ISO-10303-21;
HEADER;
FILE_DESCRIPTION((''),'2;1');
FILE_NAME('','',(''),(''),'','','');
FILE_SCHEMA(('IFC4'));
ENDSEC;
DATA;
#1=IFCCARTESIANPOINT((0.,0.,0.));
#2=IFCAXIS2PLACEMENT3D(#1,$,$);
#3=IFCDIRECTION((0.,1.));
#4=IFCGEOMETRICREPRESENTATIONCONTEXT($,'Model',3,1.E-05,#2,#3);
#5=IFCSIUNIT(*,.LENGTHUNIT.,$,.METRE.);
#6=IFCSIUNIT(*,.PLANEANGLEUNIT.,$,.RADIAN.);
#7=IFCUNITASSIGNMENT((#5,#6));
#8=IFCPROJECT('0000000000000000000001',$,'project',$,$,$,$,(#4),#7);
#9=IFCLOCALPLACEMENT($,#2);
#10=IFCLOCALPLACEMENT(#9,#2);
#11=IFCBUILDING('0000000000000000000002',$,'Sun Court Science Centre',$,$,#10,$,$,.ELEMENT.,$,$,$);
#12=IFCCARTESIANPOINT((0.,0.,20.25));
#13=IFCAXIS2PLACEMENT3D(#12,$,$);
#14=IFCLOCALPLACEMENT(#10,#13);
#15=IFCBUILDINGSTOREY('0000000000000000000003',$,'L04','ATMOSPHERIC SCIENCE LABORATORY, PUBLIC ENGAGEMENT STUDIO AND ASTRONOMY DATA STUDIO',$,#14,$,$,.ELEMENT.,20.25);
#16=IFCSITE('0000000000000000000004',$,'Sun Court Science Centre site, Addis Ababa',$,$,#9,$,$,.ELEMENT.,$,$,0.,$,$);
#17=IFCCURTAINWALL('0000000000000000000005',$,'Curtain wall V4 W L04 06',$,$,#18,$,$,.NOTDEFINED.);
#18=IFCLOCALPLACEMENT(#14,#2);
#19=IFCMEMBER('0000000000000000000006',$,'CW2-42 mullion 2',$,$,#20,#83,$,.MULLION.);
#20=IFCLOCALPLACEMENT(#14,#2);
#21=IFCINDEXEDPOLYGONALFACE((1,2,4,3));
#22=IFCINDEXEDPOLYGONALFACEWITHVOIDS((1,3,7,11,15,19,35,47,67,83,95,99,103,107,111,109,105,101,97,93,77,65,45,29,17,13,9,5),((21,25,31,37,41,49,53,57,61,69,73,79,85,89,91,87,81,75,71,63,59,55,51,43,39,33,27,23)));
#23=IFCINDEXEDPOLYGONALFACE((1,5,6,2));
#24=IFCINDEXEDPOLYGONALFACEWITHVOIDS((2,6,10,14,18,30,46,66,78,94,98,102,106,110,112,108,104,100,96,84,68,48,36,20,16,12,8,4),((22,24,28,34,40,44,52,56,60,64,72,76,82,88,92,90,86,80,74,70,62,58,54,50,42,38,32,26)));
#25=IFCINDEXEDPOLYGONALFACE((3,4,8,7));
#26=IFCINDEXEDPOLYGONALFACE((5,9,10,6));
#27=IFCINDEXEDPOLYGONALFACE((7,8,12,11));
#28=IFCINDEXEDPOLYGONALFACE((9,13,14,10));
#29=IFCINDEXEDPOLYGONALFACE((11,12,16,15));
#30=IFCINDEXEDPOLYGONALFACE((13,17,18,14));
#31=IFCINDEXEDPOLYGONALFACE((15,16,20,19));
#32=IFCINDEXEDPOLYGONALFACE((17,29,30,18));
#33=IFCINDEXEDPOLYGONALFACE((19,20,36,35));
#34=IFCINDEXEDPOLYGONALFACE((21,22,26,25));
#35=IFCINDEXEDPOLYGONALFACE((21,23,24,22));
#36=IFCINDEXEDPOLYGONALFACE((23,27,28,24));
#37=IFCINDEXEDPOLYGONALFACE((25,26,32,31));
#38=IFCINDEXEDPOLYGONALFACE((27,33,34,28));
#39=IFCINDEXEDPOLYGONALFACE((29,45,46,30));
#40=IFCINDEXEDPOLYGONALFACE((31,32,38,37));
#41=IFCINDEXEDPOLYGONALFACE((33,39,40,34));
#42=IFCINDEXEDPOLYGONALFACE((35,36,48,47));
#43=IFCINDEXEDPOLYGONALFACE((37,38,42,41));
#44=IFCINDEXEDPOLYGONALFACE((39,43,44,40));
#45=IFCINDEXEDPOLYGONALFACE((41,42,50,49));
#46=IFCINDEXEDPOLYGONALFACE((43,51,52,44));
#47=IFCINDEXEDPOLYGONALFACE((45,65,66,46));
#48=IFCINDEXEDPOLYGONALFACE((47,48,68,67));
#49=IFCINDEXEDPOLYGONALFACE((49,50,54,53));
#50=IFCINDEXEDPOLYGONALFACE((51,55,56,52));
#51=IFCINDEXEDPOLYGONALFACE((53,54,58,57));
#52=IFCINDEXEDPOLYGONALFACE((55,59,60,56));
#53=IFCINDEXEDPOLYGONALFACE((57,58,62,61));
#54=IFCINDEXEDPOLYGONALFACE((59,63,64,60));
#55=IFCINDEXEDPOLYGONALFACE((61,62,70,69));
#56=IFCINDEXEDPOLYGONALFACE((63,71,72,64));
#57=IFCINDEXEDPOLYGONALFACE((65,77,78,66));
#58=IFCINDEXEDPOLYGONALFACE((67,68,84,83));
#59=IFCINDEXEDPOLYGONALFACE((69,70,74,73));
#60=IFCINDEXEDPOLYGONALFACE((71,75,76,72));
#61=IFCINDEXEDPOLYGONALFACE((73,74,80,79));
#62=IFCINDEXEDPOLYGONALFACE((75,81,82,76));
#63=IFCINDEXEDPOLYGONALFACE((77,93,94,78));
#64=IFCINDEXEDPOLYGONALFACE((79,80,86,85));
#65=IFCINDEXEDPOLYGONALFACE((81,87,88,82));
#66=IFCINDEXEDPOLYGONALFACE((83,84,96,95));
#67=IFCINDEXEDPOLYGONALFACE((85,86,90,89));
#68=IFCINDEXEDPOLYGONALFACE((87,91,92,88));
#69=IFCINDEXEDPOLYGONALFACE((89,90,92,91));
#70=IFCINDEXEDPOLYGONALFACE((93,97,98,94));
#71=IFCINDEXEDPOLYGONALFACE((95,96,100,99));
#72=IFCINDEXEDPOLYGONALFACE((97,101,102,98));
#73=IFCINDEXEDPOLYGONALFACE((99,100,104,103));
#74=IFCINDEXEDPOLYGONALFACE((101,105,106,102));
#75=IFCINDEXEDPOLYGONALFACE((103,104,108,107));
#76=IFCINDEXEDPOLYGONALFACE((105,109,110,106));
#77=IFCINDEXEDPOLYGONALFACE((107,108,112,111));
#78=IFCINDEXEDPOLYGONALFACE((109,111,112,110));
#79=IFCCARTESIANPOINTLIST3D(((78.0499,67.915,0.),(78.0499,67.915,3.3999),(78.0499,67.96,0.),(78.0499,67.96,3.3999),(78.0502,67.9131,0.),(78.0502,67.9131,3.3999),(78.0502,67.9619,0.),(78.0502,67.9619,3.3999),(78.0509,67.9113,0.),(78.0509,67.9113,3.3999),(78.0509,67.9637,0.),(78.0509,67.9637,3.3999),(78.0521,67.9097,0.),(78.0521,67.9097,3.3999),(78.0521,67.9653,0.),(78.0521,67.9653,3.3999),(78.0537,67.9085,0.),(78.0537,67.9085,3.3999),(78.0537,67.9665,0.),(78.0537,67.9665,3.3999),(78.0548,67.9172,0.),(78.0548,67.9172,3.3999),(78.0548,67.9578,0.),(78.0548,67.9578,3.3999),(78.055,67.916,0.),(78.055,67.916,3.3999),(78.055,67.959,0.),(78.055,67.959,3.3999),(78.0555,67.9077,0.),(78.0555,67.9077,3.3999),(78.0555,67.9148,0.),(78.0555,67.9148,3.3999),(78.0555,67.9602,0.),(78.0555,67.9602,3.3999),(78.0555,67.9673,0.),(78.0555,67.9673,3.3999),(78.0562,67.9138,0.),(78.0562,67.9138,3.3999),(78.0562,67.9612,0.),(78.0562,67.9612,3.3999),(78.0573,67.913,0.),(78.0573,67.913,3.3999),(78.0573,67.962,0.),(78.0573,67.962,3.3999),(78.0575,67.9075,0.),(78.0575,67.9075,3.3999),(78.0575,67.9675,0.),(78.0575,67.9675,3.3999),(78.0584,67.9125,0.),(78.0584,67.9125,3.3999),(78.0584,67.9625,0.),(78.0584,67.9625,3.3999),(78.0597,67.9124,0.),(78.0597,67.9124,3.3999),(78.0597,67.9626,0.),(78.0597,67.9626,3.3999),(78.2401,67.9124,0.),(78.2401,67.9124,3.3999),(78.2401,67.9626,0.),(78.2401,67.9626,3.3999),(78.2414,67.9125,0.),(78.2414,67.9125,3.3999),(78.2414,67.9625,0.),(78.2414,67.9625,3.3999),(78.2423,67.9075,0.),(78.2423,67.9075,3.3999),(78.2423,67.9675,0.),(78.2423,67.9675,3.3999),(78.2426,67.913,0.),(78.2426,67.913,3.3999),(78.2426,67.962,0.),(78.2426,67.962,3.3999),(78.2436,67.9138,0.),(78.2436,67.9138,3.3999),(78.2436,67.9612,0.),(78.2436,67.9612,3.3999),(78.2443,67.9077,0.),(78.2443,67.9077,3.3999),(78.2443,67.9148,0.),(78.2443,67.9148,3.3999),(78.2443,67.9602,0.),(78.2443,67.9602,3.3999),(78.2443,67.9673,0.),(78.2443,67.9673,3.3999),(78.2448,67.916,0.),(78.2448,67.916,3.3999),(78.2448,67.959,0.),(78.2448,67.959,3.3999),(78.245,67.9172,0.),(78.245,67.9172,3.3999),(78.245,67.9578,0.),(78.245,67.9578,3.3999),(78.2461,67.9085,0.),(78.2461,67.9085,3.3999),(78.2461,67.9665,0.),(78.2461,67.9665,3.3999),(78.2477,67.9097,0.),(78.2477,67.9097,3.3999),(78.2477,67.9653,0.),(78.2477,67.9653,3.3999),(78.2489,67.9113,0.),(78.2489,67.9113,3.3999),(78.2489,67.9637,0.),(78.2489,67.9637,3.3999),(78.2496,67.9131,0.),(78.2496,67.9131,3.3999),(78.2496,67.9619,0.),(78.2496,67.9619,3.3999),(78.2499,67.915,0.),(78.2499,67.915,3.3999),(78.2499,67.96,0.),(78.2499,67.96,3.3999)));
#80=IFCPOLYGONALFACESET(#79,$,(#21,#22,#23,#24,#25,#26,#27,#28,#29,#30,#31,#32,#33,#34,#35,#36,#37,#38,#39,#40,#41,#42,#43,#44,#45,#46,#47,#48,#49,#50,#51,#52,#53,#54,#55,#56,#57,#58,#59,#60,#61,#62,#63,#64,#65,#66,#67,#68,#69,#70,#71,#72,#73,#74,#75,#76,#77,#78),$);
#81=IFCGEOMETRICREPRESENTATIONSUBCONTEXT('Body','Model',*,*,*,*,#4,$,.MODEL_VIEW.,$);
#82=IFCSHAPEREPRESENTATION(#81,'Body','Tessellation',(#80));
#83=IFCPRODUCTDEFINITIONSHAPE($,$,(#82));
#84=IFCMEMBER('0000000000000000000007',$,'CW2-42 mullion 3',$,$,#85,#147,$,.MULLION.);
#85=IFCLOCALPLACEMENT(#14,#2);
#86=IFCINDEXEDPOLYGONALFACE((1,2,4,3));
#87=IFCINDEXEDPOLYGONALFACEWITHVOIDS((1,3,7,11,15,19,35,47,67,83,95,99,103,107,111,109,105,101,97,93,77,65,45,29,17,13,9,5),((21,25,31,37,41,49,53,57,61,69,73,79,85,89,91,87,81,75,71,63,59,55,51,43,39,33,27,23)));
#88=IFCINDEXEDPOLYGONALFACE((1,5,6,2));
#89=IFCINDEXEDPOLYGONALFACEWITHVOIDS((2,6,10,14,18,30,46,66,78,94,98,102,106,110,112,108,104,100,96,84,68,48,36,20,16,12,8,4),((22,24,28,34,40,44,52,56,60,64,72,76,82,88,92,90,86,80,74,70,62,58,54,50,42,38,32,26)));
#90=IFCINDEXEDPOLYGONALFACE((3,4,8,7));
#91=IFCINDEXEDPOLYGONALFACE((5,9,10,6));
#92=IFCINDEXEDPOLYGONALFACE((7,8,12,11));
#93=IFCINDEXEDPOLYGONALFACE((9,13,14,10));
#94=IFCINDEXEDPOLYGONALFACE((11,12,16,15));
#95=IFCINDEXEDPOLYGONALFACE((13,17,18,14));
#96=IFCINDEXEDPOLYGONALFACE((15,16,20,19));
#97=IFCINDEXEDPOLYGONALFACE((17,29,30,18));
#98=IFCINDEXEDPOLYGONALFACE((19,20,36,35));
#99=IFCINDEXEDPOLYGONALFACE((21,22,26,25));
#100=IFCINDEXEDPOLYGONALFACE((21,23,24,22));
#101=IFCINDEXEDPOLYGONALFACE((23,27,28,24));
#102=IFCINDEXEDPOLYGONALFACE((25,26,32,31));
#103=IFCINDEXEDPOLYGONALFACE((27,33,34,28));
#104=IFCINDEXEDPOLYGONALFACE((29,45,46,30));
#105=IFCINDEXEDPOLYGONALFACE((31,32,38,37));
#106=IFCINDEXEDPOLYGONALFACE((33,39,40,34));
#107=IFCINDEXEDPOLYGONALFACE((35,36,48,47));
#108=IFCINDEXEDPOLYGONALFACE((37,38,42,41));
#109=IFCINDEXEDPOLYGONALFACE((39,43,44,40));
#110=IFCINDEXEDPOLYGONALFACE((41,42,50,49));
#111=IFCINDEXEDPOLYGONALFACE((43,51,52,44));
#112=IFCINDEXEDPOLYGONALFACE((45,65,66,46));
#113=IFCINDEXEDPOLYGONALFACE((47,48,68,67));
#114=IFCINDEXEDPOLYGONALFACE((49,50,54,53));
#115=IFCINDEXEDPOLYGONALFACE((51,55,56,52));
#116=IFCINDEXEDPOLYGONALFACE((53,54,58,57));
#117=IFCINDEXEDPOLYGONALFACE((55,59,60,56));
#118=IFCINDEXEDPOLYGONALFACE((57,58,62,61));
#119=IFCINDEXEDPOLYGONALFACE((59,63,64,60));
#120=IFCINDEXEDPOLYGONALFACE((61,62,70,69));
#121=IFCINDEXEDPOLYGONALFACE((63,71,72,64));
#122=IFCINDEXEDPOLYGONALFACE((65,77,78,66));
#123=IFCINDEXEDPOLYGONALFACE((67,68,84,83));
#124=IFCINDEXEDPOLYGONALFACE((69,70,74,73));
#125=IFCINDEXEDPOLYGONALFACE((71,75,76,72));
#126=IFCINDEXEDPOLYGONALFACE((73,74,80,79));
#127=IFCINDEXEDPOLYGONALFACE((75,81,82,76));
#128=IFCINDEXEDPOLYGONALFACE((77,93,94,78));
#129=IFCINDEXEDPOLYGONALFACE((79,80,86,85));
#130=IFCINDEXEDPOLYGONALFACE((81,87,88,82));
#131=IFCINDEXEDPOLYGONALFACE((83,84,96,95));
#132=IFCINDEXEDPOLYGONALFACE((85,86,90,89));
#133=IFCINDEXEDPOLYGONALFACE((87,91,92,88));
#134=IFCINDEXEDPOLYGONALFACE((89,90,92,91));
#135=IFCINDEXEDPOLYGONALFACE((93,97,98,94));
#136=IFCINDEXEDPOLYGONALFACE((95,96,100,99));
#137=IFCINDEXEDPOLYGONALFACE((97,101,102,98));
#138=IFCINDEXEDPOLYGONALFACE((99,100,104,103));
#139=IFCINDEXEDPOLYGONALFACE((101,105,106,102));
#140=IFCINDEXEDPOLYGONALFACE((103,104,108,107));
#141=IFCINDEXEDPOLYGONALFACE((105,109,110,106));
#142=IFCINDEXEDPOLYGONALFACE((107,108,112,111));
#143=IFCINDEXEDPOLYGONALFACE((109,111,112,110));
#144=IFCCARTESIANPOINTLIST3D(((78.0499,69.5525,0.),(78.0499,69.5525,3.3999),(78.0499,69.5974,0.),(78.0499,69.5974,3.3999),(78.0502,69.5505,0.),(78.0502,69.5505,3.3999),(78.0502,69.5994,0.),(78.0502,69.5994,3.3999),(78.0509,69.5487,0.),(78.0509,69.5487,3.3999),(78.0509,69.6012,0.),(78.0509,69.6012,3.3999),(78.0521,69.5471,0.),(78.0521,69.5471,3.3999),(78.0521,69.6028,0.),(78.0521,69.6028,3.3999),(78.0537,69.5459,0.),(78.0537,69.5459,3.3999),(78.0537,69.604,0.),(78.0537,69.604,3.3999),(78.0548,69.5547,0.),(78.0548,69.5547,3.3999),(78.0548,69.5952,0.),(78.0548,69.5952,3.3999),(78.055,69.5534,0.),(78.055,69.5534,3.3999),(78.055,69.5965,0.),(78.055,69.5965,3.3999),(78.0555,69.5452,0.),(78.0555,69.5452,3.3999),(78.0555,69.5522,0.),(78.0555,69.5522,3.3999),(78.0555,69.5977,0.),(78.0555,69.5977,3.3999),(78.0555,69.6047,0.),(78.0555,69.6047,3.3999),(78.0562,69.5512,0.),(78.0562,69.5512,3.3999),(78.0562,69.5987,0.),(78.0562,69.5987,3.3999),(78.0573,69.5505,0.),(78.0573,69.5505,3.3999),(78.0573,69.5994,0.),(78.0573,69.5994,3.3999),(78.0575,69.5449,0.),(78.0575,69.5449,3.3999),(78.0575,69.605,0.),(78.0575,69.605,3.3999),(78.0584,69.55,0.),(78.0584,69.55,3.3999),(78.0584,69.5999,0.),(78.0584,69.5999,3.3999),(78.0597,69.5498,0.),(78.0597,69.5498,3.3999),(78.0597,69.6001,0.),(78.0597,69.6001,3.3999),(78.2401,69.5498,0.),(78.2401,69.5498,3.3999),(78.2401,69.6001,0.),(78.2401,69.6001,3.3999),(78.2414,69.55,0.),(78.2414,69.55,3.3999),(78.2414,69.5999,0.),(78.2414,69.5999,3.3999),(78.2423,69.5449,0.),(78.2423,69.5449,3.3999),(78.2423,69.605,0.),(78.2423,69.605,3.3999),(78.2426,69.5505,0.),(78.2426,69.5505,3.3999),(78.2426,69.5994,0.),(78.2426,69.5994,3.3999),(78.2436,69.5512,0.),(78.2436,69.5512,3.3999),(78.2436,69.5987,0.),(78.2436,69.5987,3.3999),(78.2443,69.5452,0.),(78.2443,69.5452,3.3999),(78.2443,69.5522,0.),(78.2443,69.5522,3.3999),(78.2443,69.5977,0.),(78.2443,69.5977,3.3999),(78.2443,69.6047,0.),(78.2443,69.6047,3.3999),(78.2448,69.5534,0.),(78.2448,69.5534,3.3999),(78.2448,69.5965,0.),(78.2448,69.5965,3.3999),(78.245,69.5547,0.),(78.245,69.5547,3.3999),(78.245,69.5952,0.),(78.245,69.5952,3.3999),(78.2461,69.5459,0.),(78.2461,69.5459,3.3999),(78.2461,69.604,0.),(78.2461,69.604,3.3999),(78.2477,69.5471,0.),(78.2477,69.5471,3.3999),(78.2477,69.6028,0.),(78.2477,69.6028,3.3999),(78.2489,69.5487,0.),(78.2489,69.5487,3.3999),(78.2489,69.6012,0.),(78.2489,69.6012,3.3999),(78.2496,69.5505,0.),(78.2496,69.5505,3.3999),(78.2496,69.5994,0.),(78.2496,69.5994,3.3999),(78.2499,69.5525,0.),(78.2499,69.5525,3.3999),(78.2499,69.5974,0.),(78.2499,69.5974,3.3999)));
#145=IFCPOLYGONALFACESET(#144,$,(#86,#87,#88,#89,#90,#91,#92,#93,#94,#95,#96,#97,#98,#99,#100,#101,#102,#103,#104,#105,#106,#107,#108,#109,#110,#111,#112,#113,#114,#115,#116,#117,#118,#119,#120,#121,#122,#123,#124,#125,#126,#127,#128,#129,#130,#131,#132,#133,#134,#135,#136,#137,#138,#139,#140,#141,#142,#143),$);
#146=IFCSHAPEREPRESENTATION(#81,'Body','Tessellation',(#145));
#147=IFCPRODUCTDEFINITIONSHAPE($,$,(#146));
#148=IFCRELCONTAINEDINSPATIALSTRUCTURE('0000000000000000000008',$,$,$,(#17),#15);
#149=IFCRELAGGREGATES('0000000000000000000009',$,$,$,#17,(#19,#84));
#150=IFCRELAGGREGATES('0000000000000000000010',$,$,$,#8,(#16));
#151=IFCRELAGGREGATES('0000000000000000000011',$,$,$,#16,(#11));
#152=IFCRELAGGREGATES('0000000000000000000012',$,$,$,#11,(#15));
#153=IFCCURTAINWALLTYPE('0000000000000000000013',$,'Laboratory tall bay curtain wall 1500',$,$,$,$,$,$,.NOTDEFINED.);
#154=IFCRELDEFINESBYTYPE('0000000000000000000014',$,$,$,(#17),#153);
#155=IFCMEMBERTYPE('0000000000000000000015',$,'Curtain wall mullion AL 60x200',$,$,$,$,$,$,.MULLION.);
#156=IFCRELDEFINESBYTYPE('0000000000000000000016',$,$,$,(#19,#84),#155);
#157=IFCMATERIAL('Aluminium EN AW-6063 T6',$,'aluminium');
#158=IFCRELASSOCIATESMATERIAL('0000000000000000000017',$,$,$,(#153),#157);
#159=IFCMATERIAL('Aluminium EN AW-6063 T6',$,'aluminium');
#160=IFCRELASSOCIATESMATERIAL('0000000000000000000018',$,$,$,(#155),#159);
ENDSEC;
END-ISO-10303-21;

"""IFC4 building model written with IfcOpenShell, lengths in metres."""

from ifc_helpers import new_model, si_unit, direction, frame, origin, origin_2d, place, context, subcontext, project, spatial, hollow_rectangle, extrude, material, material_profile, profile_set, type_object, element, aggregate, save


model = new_model("IFC4")

# Units and contexts
model_context = context("Model", 3, precision=1e-05, world=origin(), true_north=direction((0.0, 1.0)))
body_context = subcontext(model_context, "Body", "Model", "MODEL_VIEW")
ifc_project = project(units=[si_unit("LENGTHUNIT", "METRE"), si_unit("PLANEANGLEUNIT", "RADIAN")], contexts=[model_context])

# Site, building, storey
site_placement = place(None, origin())
site = spatial("IfcSite", under=ifc_project, at=site_placement, Name="Sun Court Science Centre site, Addis Ababa", CompositionType="ELEMENT", RefElevation=0.0)
building_placement = place(site_placement, origin())
building = spatial("IfcBuilding", under=site, at=building_placement, Name="Sun Court Science Centre", CompositionType="ELEMENT")
storey_placement = place(building_placement, frame((0.0, 0.0, 20.25)))
storey = spatial("IfcBuildingStorey", under=building, at=storey_placement, Name="L04", Description="ATMOSPHERIC SCIENCE LABORATORY, PUBLIC ENGAGEMENT STUDIO AND ASTRONOMY DATA STUDIO", CompositionType="ELEMENT", Elevation=20.25)

# Curtain wall, members
ifc_material_1 = material(Name="Aluminium EN AW-6063 T6", Category="aluminium")
curtain_wall_type = type_object("IfcCurtainWallType", Name="Laboratory tall bay curtain wall 1500", PredefinedType="NOTDEFINED", material=ifc_material_1)
ifc_material_2 = material(Name="Aluminium EN AW-6063 T6", Category="aluminium")
ifc_material_profile_1 = material_profile(ifc_material_2, hollow_rectangle(XDim=0.0601, YDim=0.2, WallThickness=0.0049, InnerFilletRadius=0.0049, OuterFilletRadius=0.0076, at=origin_2d()), Name="AL 60x200x5")
ifc_profile_set_1 = profile_set([ifc_material_profile_1], Name="Aluminium EN AW-6063 T6")
member_type_1 = type_object("IfcMemberType", Name="Curtain wall mullion AL 60x200", PredefinedType="MULLION", material=ifc_profile_set_1)
curtain_wall_1_placement = place(storey_placement, origin())
curtain_wall_1 = element("IfcCurtainWall", 1, at=curtain_wall_1_placement, inside=storey, type_object=curtain_wall_type, Name="Curtain wall V4 W L04 06", PredefinedType="NOTDEFINED")
member_1_placement = place(storey_placement, frame((78.1499, 67.9375, 0.0), z_axis=(0.0, 0.0, 1.0), x_axis=(0.0, 1.0, 0.0)))
member_1 = element("IfcMember", 2, at=member_1_placement, type_object=member_type_1, Name="CW2-42 mullion 2", PredefinedType="MULLION", context=body_context, shape_type="SweptSolid", body=[
    extrude(hollow_rectangle(XDim=0.0601, YDim=0.2, WallThickness=0.0049, InnerFilletRadius=0.0049, OuterFilletRadius=0.0076, at=origin_2d()), origin(), (0.0, 0.0, 1.0), 3.3999),
])
member_2_placement = place(storey_placement, frame((78.1499, 69.575, 0.0), z_axis=(0.0, 0.0, 1.0), x_axis=(0.0, 1.0, 0.0)))
member_2 = element("IfcMember", 3, at=member_2_placement, type_object=member_type_1, Name="CW2-42 mullion 3", PredefinedType="MULLION", context=body_context, shape_type="SweptSolid", body=[
    extrude(hollow_rectangle(XDim=0.0601, YDim=0.2, WallThickness=0.0049, InnerFilletRadius=0.0049, OuterFilletRadius=0.0076, at=origin_2d()), origin(), (0.0, 0.0, 1.0), 3.3999),
])

aggregate(curtain_wall_1, [member_1, member_2])

save(model, "model.ifc")
